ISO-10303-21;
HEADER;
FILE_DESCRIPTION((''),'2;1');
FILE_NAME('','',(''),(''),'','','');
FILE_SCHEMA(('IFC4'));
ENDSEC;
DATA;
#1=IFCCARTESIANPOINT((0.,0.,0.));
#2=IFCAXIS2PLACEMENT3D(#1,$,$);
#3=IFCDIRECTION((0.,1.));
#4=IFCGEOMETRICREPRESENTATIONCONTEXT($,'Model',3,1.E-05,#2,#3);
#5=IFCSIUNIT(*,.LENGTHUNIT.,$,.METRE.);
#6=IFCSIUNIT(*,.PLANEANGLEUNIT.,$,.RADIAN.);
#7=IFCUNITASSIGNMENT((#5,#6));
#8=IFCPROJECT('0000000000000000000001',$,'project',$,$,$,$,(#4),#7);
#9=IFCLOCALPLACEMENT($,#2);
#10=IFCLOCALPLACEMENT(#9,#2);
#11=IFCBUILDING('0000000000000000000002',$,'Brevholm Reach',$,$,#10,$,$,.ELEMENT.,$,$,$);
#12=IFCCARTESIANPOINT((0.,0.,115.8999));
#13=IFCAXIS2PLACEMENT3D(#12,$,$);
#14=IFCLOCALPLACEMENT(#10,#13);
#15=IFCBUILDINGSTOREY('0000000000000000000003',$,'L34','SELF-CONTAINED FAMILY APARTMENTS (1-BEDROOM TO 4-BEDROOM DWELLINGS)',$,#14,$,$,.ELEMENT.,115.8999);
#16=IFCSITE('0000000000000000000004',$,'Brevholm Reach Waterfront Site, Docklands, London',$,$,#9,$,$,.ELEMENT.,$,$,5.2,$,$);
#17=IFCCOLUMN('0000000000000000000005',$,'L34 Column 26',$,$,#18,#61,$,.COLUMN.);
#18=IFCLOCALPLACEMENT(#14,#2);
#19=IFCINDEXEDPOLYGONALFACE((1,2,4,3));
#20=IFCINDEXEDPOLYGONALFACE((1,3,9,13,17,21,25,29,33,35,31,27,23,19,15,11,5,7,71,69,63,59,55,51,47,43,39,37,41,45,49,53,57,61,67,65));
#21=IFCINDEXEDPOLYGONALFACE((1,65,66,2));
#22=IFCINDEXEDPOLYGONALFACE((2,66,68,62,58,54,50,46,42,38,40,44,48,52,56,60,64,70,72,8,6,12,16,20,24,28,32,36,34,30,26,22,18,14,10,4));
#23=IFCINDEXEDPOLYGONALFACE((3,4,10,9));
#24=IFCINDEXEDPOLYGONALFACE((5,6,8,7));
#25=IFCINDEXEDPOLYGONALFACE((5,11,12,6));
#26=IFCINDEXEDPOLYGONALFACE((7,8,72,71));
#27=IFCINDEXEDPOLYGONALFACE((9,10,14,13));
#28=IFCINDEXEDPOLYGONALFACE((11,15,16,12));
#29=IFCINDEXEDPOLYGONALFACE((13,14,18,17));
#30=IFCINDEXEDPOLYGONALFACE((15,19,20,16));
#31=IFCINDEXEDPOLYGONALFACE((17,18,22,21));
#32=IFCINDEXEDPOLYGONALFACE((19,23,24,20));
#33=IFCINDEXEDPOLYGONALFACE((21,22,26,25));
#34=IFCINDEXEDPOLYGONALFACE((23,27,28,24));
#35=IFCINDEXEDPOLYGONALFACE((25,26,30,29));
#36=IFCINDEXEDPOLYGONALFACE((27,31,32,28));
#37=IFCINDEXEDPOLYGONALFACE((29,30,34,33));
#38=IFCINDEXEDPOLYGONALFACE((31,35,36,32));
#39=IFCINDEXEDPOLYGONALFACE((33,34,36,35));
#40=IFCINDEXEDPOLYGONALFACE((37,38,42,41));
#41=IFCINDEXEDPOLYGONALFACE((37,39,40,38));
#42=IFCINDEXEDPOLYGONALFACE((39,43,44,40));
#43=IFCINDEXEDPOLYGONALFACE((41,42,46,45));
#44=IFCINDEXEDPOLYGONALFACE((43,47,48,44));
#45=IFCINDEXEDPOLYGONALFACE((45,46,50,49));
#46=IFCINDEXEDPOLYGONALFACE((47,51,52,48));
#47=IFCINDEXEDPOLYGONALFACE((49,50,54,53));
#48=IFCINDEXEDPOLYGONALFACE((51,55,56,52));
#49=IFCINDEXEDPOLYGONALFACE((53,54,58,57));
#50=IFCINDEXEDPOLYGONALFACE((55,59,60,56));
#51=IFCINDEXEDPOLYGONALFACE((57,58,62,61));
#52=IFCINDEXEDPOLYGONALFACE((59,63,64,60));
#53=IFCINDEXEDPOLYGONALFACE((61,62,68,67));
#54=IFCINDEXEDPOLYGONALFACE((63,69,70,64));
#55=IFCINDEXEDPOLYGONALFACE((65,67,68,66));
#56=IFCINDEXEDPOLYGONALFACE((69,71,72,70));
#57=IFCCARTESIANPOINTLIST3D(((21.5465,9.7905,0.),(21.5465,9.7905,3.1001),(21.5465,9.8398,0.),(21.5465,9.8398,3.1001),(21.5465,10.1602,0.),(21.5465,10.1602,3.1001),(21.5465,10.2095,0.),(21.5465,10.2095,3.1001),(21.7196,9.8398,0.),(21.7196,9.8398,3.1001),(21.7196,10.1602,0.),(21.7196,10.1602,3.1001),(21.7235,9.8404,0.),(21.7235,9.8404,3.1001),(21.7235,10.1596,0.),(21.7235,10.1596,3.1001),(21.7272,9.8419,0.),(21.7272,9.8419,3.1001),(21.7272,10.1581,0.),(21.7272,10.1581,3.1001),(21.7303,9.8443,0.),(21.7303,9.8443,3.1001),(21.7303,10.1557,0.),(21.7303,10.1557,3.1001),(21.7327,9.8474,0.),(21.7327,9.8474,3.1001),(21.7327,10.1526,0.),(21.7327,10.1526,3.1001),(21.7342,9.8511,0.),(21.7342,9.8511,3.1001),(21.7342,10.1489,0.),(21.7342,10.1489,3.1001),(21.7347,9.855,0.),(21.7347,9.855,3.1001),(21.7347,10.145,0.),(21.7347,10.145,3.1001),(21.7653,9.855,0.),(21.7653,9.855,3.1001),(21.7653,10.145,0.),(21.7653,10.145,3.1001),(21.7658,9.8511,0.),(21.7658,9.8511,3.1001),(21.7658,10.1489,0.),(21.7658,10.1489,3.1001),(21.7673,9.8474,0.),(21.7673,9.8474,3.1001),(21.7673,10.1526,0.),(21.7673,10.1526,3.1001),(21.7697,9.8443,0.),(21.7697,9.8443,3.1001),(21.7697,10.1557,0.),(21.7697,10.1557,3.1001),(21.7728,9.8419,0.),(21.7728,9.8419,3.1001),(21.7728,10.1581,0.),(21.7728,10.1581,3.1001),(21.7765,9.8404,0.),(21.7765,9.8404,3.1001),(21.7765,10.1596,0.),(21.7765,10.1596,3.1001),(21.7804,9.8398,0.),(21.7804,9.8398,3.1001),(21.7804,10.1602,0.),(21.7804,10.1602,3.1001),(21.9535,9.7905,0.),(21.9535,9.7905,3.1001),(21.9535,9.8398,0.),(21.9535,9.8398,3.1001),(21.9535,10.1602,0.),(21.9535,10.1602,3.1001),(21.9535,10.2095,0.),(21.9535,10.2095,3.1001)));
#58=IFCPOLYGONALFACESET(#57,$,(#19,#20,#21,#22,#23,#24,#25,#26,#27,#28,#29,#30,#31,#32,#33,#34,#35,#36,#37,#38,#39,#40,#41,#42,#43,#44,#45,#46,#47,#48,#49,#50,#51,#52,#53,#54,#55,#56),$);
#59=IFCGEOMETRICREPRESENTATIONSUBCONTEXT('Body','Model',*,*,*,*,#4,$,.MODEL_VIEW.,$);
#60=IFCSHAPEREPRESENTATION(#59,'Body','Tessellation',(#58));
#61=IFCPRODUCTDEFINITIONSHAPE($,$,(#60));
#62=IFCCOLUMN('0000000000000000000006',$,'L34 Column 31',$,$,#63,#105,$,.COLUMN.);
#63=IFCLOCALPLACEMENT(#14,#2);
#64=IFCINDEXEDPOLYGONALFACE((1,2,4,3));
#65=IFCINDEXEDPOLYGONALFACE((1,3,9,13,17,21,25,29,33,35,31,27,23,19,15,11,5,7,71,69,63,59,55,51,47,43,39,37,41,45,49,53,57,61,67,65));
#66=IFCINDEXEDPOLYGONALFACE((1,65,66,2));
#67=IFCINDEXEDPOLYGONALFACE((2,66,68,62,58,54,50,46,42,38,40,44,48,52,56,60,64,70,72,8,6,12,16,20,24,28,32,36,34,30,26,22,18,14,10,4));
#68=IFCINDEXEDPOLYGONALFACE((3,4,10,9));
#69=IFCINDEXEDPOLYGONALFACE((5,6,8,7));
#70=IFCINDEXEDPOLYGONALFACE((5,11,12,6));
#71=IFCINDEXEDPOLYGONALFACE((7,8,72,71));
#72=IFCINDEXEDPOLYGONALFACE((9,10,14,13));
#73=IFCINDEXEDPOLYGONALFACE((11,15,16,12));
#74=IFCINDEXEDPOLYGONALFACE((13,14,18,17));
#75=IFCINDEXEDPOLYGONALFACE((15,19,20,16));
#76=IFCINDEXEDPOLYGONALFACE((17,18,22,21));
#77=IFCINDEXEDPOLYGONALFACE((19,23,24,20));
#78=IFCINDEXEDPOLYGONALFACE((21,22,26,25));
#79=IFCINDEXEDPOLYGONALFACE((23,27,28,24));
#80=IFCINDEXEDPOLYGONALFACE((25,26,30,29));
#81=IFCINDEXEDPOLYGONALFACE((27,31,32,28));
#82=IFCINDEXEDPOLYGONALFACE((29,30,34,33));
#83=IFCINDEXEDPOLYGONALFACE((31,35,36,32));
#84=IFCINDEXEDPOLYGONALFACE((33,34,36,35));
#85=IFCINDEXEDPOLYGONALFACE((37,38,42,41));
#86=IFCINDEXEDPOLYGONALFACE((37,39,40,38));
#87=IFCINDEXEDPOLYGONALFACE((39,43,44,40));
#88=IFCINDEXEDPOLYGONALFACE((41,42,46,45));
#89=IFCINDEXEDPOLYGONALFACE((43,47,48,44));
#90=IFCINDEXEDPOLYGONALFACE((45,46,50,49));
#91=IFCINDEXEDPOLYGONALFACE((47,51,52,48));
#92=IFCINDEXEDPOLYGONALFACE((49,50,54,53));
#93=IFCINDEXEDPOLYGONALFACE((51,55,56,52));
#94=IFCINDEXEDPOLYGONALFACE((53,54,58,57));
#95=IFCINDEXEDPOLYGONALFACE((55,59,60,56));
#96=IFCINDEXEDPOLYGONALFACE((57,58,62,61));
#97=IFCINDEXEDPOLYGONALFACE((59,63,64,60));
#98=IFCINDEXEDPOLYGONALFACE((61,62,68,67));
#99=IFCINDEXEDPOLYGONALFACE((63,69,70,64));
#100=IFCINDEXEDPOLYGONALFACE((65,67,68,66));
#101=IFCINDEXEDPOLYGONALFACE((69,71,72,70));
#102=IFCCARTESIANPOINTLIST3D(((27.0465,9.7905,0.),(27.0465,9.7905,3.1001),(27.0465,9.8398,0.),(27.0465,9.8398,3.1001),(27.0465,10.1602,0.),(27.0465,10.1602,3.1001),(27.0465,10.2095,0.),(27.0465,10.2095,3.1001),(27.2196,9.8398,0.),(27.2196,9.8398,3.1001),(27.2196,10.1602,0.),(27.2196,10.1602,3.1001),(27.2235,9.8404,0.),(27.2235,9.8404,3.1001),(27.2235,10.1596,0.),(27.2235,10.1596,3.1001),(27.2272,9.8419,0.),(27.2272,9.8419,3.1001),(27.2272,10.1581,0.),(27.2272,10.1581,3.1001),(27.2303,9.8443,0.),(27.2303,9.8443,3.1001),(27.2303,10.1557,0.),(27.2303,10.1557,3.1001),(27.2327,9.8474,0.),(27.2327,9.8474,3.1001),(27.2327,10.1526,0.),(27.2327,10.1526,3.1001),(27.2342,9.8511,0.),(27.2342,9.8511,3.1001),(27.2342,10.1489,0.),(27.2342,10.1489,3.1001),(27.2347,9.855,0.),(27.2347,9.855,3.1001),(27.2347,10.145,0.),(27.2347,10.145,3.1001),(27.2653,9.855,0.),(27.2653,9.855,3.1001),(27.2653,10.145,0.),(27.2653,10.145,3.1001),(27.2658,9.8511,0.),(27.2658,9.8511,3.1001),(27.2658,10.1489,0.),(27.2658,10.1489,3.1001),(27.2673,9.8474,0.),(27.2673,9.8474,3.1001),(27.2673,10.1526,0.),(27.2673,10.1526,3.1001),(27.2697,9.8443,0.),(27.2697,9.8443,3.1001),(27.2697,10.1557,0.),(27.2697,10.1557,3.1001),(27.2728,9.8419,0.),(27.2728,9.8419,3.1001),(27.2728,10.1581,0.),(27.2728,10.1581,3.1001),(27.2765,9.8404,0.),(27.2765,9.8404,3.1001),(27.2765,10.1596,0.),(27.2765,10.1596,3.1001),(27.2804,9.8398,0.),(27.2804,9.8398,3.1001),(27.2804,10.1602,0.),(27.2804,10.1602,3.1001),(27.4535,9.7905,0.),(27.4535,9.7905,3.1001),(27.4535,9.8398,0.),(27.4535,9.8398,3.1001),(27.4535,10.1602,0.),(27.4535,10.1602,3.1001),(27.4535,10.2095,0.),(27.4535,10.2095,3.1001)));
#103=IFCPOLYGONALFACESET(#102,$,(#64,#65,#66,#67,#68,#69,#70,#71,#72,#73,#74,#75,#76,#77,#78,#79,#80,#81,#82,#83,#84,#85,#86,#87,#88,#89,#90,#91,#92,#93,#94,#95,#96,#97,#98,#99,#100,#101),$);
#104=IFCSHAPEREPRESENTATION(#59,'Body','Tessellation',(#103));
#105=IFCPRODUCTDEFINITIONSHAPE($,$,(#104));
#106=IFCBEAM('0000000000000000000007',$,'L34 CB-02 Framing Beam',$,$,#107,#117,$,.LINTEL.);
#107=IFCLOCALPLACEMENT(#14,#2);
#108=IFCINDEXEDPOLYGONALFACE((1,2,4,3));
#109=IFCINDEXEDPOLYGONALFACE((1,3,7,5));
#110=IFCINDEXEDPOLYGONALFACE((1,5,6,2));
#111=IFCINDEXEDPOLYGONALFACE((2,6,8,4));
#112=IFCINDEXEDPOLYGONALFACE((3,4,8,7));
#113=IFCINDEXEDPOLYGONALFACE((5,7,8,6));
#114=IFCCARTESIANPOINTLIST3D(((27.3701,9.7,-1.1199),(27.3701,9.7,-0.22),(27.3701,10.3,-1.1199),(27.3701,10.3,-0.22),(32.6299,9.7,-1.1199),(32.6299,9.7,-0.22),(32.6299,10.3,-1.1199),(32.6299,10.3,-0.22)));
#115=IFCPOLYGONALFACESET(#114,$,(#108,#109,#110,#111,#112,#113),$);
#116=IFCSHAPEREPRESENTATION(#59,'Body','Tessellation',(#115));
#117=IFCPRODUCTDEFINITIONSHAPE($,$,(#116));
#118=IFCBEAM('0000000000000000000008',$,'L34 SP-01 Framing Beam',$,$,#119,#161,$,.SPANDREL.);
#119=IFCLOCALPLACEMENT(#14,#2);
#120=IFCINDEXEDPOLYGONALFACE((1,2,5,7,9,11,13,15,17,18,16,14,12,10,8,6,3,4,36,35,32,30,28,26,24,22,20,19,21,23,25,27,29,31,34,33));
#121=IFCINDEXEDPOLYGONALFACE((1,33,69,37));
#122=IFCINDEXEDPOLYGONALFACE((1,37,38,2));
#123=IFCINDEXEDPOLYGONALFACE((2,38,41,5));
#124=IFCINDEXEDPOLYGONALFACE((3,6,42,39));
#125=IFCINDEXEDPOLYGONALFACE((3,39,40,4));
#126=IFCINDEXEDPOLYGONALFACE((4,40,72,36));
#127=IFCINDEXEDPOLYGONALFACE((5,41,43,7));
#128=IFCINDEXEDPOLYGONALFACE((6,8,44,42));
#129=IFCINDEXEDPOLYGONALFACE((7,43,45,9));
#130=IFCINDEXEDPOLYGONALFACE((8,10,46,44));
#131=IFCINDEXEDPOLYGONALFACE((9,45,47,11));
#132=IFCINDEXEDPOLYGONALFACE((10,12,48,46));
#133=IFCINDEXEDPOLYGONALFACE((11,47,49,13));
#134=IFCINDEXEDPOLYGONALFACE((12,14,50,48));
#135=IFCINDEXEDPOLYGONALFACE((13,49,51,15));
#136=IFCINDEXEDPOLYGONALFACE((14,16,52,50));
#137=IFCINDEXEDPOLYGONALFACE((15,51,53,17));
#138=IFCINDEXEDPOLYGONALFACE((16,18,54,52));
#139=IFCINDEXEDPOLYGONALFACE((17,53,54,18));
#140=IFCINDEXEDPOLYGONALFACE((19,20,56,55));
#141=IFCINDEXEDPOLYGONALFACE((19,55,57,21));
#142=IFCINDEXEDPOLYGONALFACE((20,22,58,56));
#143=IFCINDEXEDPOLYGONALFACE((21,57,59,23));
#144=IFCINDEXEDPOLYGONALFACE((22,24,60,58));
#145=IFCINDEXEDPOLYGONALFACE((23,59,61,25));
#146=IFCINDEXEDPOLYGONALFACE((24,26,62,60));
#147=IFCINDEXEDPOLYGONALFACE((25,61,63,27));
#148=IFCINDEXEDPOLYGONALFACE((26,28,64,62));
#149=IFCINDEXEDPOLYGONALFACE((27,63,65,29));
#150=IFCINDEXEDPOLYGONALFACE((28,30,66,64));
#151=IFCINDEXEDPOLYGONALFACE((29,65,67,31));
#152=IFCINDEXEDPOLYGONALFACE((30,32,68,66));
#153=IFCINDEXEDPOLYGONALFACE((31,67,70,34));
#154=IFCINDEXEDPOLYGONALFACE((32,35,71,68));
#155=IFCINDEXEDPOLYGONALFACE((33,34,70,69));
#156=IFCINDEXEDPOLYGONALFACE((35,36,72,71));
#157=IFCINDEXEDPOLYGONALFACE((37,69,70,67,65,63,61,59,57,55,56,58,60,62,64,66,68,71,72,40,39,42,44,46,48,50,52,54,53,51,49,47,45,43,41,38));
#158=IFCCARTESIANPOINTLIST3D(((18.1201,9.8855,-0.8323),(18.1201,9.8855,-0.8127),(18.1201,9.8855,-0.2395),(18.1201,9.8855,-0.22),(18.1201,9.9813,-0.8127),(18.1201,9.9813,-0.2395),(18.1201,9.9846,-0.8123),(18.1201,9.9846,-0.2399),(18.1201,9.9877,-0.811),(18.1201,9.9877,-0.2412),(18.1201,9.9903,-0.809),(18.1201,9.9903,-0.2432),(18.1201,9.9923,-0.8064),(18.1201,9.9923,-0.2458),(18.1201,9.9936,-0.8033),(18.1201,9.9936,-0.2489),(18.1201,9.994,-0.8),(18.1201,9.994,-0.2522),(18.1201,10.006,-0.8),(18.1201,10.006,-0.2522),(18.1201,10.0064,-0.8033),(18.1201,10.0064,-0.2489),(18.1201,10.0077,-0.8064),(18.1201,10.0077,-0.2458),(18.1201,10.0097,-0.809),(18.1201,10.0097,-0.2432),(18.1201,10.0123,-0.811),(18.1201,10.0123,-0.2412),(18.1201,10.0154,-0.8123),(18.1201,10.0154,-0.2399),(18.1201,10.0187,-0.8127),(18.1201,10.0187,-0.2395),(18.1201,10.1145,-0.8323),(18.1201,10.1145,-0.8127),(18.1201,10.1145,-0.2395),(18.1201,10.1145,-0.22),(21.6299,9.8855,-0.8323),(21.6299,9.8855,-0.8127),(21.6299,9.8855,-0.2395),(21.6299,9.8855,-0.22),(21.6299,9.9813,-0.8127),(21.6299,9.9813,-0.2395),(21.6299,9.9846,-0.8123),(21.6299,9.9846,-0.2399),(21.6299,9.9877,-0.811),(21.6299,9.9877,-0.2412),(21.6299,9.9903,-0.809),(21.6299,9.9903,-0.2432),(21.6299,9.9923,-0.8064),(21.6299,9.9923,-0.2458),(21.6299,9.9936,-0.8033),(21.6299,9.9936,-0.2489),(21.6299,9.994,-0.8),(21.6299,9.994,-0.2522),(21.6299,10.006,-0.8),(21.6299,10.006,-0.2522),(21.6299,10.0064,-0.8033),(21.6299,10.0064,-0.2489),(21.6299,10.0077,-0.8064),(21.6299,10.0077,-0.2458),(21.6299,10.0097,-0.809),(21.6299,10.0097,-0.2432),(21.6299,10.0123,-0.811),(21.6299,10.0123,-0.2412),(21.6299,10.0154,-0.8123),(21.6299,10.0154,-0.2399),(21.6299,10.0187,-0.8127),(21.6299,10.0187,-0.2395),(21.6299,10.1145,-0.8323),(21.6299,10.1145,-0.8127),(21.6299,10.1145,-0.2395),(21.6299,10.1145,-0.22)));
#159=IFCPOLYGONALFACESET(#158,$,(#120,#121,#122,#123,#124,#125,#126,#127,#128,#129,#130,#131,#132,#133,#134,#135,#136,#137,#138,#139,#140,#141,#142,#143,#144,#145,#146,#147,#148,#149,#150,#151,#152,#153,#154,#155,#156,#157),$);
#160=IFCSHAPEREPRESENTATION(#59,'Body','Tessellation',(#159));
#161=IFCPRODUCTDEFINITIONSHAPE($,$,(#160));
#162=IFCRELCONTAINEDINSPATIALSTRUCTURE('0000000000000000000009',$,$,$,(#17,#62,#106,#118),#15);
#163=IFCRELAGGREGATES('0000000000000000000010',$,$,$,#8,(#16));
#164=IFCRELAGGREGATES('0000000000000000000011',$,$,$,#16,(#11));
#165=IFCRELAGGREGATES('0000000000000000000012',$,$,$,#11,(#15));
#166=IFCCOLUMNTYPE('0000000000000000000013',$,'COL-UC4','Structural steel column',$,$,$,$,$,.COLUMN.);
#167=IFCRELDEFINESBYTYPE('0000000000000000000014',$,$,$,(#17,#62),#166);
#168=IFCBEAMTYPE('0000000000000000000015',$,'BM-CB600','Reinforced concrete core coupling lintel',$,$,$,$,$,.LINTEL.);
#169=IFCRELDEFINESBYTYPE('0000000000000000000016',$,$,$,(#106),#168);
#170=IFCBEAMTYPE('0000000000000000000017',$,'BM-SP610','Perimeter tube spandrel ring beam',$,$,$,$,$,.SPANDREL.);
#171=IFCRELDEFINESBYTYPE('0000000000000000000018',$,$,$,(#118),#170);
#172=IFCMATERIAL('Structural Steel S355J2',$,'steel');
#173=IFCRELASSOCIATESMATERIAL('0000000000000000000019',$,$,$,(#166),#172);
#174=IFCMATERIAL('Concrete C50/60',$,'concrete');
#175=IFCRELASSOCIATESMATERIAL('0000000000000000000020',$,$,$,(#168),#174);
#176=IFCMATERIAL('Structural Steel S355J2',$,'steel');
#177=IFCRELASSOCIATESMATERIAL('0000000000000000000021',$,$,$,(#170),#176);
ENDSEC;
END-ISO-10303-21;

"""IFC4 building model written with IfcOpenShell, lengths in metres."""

from ifc_helpers import new_model, si_unit, direction, frame, origin, origin_2d, place, context, subcontext, project, spatial, rectangle, i_section, extrude, material, material_profile, profile_set, type_object, element, save


model = new_model("IFC4")

# Units and contexts
model_context = context("Model", 3, precision=1e-05, world=origin(), true_north=direction((0.0, 1.0)))
body_context = subcontext(model_context, "Body", "Model", "MODEL_VIEW")
ifc_project = project(units=[si_unit("LENGTHUNIT", "METRE"), si_unit("PLANEANGLEUNIT", "RADIAN")], contexts=[model_context])

# Site, building, storey
site_placement = place(None, origin())
site = spatial("IfcSite", under=ifc_project, at=site_placement, Name="Brevholm Reach Waterfront Site, Docklands, London", CompositionType="ELEMENT", RefElevation=5.2)
building_placement = place(site_placement, origin())
building = spatial("IfcBuilding", under=site, at=building_placement, Name="Brevholm Reach", CompositionType="ELEMENT")
storey_placement = place(building_placement, frame((0.0, 0.0, 115.8999)))
storey = spatial("IfcBuildingStorey", under=building, at=storey_placement, Name="L34", Description="SELF-CONTAINED FAMILY APARTMENTS (1-BEDROOM TO 4-BEDROOM DWELLINGS)", CompositionType="ELEMENT", Elevation=115.8999)

# Columns
ifc_material_1 = material(Name="Structural Steel S355J2", Category="steel")
ifc_material_profile_1 = material_profile(ifc_material_1, i_section(OverallWidth=0.407, OverallDepth=0.4189, WebThickness=0.0305, FlangeThickness=0.0493, FilletRadius=0.0151, at=origin_2d()), Name="UKC 356x406x393")
ifc_profile_set_1 = profile_set([ifc_material_profile_1], Name="Structural Steel S355J2")
column_type = type_object("IfcColumnType", Name="COL-UC4", Description="Structural steel column", PredefinedType="COLUMN", material=ifc_profile_set_1)
for number, where, z_axis, x_axis, name in (
    (1, (21.75, 10.0, 0.0), (0.0, 0.0, 1.0), (1.0, 0.0, 0.0), "L34 Column 26"),
    (2, (27.25, 10.0, 0.0), (0.0, 0.0, 1.0), (1.0, 0.0, 0.0), "L34 Column 31"),
):
    element("IfcColumn", number, at=place(storey_placement, frame(where, z_axis=z_axis, x_axis=x_axis)), inside=storey, type_object=column_type, Name=name, PredefinedType="COLUMN", context=body_context, shape_type="SweptSolid", body=[
        extrude(i_section(OverallWidth=0.407, OverallDepth=0.4189, WebThickness=0.0305, FlangeThickness=0.0493, FilletRadius=0.0151, at=origin_2d()), origin(), (0.0, 0.0, 1.0), 3.1001),
    ])

# Beams
ifc_material_2 = material(Name="Concrete C50/60", Category="concrete")
ifc_material_profile_2 = material_profile(ifc_material_2, rectangle(XDim=0.6001, YDim=0.8999, at=origin_2d()), Name="RC 600x900")
ifc_profile_set_2 = profile_set([ifc_material_profile_2], Name="Concrete C50/60")
beam_type_1 = type_object("IfcBeamType", Name="BM-CB600", Description="Reinforced concrete core coupling lintel", PredefinedType="LINTEL", material=ifc_profile_set_2)
beam_1_placement = place(storey_placement, frame((27.3701, 10.0, -0.6699), z_axis=(1.0, 0.0, 0.0), x_axis=(0.0, 1.0, 0.0)))
element("IfcBeam", 3, at=beam_1_placement, inside=storey, type_object=beam_type_1, Name="L34 CB-02 Framing Beam", PredefinedType="LINTEL", context=body_context, shape_type="SweptSolid", body=[
    extrude(rectangle(XDim=0.6001, YDim=0.8999, at=origin_2d()), origin(), (0.0, 0.0, 1.0), 5.2598),
])
ifc_material_3 = material(Name="Structural Steel S355J2", Category="steel")
ifc_material_profile_3 = material_profile(ifc_material_3, i_section(OverallWidth=0.229, OverallDepth=0.6123, WebThickness=0.012, FlangeThickness=0.0195, FilletRadius=0.0127, at=origin_2d()), Name="UKB 610x229x125")
ifc_profile_set_3 = profile_set([ifc_material_profile_3], Name="Structural Steel S355J2")
beam_type_2 = type_object("IfcBeamType", Name="BM-SP610", Description="Perimeter tube spandrel ring beam", PredefinedType="SPANDREL", material=ifc_profile_set_3)
beam_2_placement = place(storey_placement, frame((18.1201, 10.0, -0.5261), z_axis=(1.0, 0.0, 0.0), x_axis=(0.0, 1.0, 0.0)))
element("IfcBeam", 4, at=beam_2_placement, inside=storey, type_object=beam_type_2, Name="L34 SP-01 Framing Beam", PredefinedType="SPANDREL", context=body_context, shape_type="SweptSolid", body=[
    extrude(i_section(OverallWidth=0.229, OverallDepth=0.6123, WebThickness=0.012, FlangeThickness=0.0195, FilletRadius=0.0127, at=origin_2d()), origin(), (0.0, 0.0, 1.0), 3.5098),
])

save(model, "model.ifc")
